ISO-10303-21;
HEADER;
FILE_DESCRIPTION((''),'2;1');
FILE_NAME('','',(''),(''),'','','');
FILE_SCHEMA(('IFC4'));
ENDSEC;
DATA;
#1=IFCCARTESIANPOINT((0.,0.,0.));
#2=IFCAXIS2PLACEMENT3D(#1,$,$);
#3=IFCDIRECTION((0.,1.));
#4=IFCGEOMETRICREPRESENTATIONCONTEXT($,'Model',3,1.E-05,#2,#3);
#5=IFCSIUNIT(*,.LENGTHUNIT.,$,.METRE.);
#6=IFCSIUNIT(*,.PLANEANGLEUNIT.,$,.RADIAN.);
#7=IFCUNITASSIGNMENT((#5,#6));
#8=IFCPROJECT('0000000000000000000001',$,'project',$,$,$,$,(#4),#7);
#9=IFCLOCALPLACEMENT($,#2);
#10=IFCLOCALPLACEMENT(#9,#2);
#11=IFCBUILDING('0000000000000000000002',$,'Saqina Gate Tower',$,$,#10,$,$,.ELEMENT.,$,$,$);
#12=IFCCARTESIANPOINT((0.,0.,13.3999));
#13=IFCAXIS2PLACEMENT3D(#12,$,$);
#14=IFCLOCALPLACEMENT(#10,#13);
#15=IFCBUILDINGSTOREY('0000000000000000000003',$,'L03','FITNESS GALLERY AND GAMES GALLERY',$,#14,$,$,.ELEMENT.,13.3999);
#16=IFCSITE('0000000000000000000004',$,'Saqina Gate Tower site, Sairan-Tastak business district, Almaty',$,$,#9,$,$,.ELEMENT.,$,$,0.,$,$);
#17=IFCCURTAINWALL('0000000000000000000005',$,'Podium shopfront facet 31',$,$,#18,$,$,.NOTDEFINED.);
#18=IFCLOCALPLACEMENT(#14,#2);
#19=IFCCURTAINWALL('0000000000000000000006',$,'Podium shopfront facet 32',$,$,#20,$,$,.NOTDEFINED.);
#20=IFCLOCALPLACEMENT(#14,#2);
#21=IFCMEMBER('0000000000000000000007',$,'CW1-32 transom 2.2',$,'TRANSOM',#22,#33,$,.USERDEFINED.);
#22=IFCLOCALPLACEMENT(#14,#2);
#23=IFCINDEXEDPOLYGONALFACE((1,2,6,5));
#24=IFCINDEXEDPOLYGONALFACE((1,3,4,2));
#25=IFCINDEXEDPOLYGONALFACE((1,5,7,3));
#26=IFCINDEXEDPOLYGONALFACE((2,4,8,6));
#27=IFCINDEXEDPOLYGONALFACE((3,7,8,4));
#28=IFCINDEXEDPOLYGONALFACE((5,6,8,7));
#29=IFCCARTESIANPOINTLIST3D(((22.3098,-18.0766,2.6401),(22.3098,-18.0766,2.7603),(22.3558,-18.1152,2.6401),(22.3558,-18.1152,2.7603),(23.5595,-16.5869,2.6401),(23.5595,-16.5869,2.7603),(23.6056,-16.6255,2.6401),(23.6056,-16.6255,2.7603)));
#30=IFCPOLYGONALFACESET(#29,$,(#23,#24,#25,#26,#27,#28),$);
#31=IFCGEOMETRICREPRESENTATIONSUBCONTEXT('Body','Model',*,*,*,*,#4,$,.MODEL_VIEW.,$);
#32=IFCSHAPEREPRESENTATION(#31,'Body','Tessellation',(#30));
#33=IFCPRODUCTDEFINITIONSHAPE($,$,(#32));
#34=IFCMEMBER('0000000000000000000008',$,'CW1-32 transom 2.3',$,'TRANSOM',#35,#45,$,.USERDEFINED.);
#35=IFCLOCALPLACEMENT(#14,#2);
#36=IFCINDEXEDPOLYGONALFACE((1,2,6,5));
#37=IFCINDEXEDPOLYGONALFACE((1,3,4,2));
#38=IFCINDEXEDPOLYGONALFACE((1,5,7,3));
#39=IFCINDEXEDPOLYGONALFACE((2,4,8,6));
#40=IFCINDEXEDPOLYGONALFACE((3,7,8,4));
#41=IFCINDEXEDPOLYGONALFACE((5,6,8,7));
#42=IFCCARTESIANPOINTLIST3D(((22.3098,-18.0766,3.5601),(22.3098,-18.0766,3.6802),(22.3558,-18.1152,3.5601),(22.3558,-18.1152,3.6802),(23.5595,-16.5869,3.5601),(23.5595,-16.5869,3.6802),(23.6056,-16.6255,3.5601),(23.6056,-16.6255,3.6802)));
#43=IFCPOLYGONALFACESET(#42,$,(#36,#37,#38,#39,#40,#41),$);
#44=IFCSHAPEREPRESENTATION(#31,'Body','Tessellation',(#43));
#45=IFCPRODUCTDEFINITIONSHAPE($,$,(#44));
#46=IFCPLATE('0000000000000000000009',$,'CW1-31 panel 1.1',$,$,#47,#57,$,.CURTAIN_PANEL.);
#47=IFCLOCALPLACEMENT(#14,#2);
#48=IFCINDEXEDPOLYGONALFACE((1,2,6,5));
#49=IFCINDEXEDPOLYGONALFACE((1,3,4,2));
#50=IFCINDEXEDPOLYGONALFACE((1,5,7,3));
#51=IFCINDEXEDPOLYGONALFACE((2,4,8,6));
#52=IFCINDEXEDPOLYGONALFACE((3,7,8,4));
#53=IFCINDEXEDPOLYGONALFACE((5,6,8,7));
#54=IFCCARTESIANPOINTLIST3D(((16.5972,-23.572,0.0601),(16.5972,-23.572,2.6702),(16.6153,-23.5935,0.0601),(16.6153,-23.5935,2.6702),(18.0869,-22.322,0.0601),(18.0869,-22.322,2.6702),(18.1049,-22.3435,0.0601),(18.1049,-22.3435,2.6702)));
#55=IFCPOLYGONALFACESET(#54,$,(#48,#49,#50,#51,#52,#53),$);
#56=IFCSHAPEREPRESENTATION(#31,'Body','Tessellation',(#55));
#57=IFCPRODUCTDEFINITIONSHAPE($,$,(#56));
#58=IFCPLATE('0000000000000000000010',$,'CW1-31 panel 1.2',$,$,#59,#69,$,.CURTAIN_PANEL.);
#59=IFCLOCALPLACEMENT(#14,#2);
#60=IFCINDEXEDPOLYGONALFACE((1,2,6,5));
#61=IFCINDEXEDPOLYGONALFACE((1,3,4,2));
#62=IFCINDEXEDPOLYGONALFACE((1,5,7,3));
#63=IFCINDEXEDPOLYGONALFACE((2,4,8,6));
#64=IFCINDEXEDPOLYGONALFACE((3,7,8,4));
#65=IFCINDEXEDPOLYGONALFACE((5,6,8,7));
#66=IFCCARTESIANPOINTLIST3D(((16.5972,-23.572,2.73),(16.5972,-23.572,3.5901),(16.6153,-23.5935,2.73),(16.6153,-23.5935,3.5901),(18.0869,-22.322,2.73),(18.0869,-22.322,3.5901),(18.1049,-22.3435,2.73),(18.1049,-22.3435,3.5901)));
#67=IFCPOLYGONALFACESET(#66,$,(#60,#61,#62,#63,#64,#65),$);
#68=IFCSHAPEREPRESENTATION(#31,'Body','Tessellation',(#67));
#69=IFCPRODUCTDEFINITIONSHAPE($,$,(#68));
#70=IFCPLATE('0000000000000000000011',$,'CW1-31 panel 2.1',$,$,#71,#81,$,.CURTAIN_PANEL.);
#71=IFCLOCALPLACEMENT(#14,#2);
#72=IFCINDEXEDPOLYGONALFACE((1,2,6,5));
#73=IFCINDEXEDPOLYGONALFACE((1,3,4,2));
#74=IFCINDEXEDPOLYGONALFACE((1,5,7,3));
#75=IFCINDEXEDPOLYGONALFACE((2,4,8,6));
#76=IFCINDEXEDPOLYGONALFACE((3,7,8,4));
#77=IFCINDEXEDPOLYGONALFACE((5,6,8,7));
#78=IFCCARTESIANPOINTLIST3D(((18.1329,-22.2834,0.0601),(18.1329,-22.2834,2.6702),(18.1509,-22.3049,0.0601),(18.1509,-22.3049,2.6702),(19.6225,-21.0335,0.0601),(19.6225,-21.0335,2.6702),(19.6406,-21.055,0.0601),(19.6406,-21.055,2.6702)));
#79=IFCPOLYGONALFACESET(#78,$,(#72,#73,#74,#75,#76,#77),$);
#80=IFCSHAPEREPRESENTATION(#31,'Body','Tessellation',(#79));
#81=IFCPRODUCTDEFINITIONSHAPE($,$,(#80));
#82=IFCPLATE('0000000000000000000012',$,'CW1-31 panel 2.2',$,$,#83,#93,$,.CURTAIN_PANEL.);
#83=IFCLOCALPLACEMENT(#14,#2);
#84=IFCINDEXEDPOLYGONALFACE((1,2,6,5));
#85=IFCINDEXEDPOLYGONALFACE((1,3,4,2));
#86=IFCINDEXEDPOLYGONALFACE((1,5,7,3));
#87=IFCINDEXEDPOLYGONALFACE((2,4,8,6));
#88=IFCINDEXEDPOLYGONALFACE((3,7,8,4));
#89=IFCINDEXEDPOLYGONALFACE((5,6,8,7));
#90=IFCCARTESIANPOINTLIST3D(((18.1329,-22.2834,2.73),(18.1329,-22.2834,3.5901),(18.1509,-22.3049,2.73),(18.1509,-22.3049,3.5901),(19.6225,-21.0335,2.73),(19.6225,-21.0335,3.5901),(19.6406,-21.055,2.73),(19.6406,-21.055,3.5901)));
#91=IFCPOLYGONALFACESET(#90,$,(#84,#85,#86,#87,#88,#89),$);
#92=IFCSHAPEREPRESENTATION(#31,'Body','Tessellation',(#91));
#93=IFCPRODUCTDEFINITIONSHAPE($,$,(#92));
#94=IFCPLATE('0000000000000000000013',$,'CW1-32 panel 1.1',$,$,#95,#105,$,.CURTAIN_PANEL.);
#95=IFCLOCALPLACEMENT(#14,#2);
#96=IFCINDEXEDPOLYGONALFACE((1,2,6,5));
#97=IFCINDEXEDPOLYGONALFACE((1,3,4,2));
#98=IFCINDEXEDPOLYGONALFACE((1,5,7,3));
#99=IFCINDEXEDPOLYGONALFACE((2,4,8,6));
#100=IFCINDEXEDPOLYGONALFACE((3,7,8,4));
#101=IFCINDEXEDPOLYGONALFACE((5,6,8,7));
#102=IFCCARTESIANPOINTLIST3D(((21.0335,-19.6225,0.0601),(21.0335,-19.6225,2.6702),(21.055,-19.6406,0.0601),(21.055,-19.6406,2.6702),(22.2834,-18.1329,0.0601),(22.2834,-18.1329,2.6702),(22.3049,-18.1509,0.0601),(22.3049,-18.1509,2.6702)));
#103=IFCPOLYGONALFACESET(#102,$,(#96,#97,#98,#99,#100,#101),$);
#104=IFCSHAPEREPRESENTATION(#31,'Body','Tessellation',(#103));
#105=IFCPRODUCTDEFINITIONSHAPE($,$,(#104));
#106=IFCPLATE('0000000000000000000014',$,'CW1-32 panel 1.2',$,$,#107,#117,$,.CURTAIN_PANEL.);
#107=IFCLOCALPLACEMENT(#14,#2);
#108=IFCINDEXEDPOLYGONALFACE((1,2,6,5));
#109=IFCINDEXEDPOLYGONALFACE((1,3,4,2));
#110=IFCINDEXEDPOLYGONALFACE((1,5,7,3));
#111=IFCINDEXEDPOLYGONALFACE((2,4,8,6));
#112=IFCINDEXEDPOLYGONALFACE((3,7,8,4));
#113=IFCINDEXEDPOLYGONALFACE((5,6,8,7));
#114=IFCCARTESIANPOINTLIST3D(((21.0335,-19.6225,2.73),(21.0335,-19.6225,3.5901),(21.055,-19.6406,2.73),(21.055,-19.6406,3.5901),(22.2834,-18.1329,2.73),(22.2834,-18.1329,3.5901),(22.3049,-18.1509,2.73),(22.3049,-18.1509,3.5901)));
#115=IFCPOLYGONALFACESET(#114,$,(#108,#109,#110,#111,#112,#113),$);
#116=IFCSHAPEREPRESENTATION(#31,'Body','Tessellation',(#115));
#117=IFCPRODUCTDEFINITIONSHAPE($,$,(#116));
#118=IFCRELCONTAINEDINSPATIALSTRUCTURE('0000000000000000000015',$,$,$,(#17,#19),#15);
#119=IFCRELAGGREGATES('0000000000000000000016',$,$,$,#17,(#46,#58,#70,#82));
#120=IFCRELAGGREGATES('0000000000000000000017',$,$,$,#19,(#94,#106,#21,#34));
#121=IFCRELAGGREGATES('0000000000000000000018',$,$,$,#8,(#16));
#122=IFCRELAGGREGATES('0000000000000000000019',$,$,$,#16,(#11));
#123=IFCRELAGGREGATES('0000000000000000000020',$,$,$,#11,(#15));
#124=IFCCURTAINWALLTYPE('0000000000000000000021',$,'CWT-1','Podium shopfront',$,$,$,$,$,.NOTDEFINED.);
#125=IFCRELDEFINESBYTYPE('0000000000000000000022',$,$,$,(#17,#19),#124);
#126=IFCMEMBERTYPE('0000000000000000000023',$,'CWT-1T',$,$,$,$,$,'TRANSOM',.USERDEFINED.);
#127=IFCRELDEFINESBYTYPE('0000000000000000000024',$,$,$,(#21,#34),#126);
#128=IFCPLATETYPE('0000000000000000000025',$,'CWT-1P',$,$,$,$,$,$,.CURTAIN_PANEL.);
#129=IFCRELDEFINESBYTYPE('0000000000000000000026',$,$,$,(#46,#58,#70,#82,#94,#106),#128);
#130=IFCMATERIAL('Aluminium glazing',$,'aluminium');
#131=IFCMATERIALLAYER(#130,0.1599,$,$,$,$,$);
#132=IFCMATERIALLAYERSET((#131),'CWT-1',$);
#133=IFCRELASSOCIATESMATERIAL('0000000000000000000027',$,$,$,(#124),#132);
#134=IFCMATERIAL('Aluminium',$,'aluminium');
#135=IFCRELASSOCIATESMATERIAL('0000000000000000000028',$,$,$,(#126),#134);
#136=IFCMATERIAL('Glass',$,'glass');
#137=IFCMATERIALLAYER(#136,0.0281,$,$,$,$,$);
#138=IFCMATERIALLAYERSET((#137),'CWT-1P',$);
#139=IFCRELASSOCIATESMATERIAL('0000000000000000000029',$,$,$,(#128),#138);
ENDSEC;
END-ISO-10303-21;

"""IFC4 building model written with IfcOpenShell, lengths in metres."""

from ifc_helpers import new_model, si_unit, direction, frame, origin, origin_2d, place, context, subcontext, project, spatial, rectangle, extrude, material, layer, layer_set, material_profile, profile_set, type_object, element, aggregate, save


model = new_model("IFC4")

# Units and contexts
model_context = context("Model", 3, precision=1e-05, world=origin(), true_north=direction((0.0, 1.0)))
body_context = subcontext(model_context, "Body", "Model", "MODEL_VIEW")
ifc_project = project(units=[si_unit("LENGTHUNIT", "METRE"), si_unit("PLANEANGLEUNIT", "RADIAN")], contexts=[model_context])

# Site, building, storey
site_placement = place(None, origin())
site = spatial("IfcSite", under=ifc_project, at=site_placement, Name="Saqina Gate Tower site, Sairan-Tastak business district, Almaty", CompositionType="ELEMENT", RefElevation=0.0)
building_placement = place(site_placement, origin())
building = spatial("IfcBuilding", under=site, at=building_placement, Name="Saqina Gate Tower", CompositionType="ELEMENT")
storey_placement = place(building_placement, frame((0.0, 0.0, 13.3999)))
storey = spatial("IfcBuildingStorey", under=building, at=storey_placement, Name="L03", Description="FITNESS GALLERY AND GAMES GALLERY", CompositionType="ELEMENT", Elevation=13.3999)

# Curtain walls
ifc_material_1 = material(Name="Aluminium glazing", Category="aluminium")
ifc_layer_1 = layer(ifc_material_1, 0.1599)
ifc_layer_set_1 = layer_set([ifc_layer_1], Name="CWT-1")
curtain_wall_type = type_object("IfcCurtainWallType", Name="CWT-1", Description="Podium shopfront", PredefinedType="NOTDEFINED", material=ifc_layer_set_1)
curtain_wall_1_placement = place(storey_placement, origin())
curtain_wall_1 = element("IfcCurtainWall", 1, at=curtain_wall_1_placement, inside=storey, type_object=curtain_wall_type, Name="Podium shopfront facet 31", PredefinedType="NOTDEFINED")
curtain_wall_2_placement = place(storey_placement, origin())
curtain_wall_2 = element("IfcCurtainWall", 2, at=curtain_wall_2_placement, inside=storey, type_object=curtain_wall_type, Name="Podium shopfront facet 32", PredefinedType="NOTDEFINED")

# Members
ifc_material_2 = material(Name="Aluminium", Category="aluminium")
ifc_material_profile_1 = material_profile(ifc_material_2, rectangle(XDim=0.0601, YDim=0.1201, at=origin_2d()), Name="Aluminium 60x120")
ifc_profile_set_1 = profile_set([ifc_material_profile_1], Name="Aluminium")
member_type_1 = type_object("IfcMemberType", Name="CWT-1T", ElementType="TRANSOM", PredefinedType="USERDEFINED", material=ifc_profile_set_1)
member_1_placement = place(storey_placement, frame((22.3328, -18.0959, 2.7002), z_axis=(0.6427, 0.766118, 0.0), x_axis=(-0.766118, 0.6427, 0.0)))
member_1 = element("IfcMember", 3, at=member_1_placement, type_object=member_type_1, Name="CW1-32 transom 2.2", ObjectType="TRANSOM", PredefinedType="USERDEFINED", context=body_context, shape_type="SweptSolid", body=[
    extrude(rectangle(XDim=0.0601, YDim=0.1201, at=origin_2d()), origin(), (0.0, 0.0, 1.0), 1.9446),
])
member_2_placement = place(storey_placement, frame((22.3328, -18.0959, 3.6201), z_axis=(0.6427, 0.766118, 0.0), x_axis=(-0.766118, 0.6427, 0.0)))
member_2 = element("IfcMember", 4, at=member_2_placement, type_object=member_type_1, Name="CW1-32 transom 2.3", ObjectType="TRANSOM", PredefinedType="USERDEFINED", context=body_context, shape_type="SweptSolid", body=[
    extrude(rectangle(XDim=0.0601, YDim=0.1201, at=origin_2d()), origin(), (0.0, 0.0, 1.0), 1.9446),
])

# Plates
ifc_material_3 = material(Name="Glass", Category="glass")
ifc_layer_2 = layer(ifc_material_3, 0.0281)
ifc_layer_set_2 = layer_set([ifc_layer_2], Name="CWT-1P")
plate_type = type_object("IfcPlateType", Name="CWT-1P", PredefinedType="CURTAIN_PANEL", material=ifc_layer_set_2)
plate_1_placement = place(storey_placement, frame((17.3511, -22.9578, 0.0601), z_axis=(0.0, 0.0, 1.0), x_axis=(0.766051, 0.642779, 0.0)))
plate_1 = element("IfcPlate", 5, at=plate_1_placement, type_object=plate_type, Name="CW1-31 panel 1.1", PredefinedType="CURTAIN_PANEL", context=body_context, shape_type="SweptSolid", body=[
    extrude(rectangle(XDim=1.9446, YDim=0.0281, at=origin_2d()), origin(), (0.0, 0.0, 1.0), 2.6101),
])
plate_2_placement = place(storey_placement, frame((17.3511, -22.9578, 2.73), z_axis=(0.0, 0.0, 1.0), x_axis=(0.766051, 0.642779, 0.0)))
plate_2 = element("IfcPlate", 6, at=plate_2_placement, type_object=plate_type, Name="CW1-31 panel 1.2", PredefinedType="CURTAIN_PANEL", context=body_context, shape_type="SweptSolid", body=[
    extrude(rectangle(XDim=1.9446, YDim=0.0281, at=origin_2d()), origin(), (0.0, 0.0, 1.0), 0.8601),
])
plate_3_placement = place(storey_placement, frame((18.8867, -21.6692, 0.0601), z_axis=(0.0, 0.0, 1.0), x_axis=(0.766051, 0.642779, 0.0)))
plate_3 = element("IfcPlate", 7, at=plate_3_placement, type_object=plate_type, Name="CW1-31 panel 2.1", PredefinedType="CURTAIN_PANEL", context=body_context, shape_type="SweptSolid", body=[
    extrude(rectangle(XDim=1.9446, YDim=0.0281, at=origin_2d()), origin(), (0.0, 0.0, 1.0), 2.6101),
])
plate_4_placement = place(storey_placement, frame((18.8867, -21.6692, 2.73), z_axis=(0.0, 0.0, 1.0), x_axis=(0.766051, 0.642779, 0.0)))
plate_4 = element("IfcPlate", 8, at=plate_4_placement, type_object=plate_type, Name="CW1-31 panel 2.2", PredefinedType="CURTAIN_PANEL", context=body_context, shape_type="SweptSolid", body=[
    extrude(rectangle(XDim=1.9446, YDim=0.0281, at=origin_2d()), origin(), (0.0, 0.0, 1.0), 0.8601),
])
aggregate(curtain_wall_1, [plate_1, plate_2, plate_3, plate_4])
plate_5_placement = place(storey_placement, frame((21.6692, -18.8867, 0.0601), z_axis=(0.0, 0.0, 1.0), x_axis=(0.642779, 0.766051, 0.0)))
plate_5 = element("IfcPlate", 9, at=plate_5_placement, type_object=plate_type, Name="CW1-32 panel 1.1", PredefinedType="CURTAIN_PANEL", context=body_context, shape_type="SweptSolid", body=[
    extrude(rectangle(XDim=1.9446, YDim=0.0281, at=origin_2d()), origin(), (0.0, 0.0, 1.0), 2.6101),
])
plate_6_placement = place(storey_placement, frame((21.6692, -18.8867, 2.73), z_axis=(0.0, 0.0, 1.0), x_axis=(0.642779, 0.766051, 0.0)))
plate_6 = element("IfcPlate", 10, at=plate_6_placement, type_object=plate_type, Name="CW1-32 panel 1.2", PredefinedType="CURTAIN_PANEL", context=body_context, shape_type="SweptSolid", body=[
    extrude(rectangle(XDim=1.9446, YDim=0.0281, at=origin_2d()), origin(), (0.0, 0.0, 1.0), 0.8601),
])
aggregate(curtain_wall_2, [plate_5, plate_6, member_1, member_2])

save(model, "model.ifc")
